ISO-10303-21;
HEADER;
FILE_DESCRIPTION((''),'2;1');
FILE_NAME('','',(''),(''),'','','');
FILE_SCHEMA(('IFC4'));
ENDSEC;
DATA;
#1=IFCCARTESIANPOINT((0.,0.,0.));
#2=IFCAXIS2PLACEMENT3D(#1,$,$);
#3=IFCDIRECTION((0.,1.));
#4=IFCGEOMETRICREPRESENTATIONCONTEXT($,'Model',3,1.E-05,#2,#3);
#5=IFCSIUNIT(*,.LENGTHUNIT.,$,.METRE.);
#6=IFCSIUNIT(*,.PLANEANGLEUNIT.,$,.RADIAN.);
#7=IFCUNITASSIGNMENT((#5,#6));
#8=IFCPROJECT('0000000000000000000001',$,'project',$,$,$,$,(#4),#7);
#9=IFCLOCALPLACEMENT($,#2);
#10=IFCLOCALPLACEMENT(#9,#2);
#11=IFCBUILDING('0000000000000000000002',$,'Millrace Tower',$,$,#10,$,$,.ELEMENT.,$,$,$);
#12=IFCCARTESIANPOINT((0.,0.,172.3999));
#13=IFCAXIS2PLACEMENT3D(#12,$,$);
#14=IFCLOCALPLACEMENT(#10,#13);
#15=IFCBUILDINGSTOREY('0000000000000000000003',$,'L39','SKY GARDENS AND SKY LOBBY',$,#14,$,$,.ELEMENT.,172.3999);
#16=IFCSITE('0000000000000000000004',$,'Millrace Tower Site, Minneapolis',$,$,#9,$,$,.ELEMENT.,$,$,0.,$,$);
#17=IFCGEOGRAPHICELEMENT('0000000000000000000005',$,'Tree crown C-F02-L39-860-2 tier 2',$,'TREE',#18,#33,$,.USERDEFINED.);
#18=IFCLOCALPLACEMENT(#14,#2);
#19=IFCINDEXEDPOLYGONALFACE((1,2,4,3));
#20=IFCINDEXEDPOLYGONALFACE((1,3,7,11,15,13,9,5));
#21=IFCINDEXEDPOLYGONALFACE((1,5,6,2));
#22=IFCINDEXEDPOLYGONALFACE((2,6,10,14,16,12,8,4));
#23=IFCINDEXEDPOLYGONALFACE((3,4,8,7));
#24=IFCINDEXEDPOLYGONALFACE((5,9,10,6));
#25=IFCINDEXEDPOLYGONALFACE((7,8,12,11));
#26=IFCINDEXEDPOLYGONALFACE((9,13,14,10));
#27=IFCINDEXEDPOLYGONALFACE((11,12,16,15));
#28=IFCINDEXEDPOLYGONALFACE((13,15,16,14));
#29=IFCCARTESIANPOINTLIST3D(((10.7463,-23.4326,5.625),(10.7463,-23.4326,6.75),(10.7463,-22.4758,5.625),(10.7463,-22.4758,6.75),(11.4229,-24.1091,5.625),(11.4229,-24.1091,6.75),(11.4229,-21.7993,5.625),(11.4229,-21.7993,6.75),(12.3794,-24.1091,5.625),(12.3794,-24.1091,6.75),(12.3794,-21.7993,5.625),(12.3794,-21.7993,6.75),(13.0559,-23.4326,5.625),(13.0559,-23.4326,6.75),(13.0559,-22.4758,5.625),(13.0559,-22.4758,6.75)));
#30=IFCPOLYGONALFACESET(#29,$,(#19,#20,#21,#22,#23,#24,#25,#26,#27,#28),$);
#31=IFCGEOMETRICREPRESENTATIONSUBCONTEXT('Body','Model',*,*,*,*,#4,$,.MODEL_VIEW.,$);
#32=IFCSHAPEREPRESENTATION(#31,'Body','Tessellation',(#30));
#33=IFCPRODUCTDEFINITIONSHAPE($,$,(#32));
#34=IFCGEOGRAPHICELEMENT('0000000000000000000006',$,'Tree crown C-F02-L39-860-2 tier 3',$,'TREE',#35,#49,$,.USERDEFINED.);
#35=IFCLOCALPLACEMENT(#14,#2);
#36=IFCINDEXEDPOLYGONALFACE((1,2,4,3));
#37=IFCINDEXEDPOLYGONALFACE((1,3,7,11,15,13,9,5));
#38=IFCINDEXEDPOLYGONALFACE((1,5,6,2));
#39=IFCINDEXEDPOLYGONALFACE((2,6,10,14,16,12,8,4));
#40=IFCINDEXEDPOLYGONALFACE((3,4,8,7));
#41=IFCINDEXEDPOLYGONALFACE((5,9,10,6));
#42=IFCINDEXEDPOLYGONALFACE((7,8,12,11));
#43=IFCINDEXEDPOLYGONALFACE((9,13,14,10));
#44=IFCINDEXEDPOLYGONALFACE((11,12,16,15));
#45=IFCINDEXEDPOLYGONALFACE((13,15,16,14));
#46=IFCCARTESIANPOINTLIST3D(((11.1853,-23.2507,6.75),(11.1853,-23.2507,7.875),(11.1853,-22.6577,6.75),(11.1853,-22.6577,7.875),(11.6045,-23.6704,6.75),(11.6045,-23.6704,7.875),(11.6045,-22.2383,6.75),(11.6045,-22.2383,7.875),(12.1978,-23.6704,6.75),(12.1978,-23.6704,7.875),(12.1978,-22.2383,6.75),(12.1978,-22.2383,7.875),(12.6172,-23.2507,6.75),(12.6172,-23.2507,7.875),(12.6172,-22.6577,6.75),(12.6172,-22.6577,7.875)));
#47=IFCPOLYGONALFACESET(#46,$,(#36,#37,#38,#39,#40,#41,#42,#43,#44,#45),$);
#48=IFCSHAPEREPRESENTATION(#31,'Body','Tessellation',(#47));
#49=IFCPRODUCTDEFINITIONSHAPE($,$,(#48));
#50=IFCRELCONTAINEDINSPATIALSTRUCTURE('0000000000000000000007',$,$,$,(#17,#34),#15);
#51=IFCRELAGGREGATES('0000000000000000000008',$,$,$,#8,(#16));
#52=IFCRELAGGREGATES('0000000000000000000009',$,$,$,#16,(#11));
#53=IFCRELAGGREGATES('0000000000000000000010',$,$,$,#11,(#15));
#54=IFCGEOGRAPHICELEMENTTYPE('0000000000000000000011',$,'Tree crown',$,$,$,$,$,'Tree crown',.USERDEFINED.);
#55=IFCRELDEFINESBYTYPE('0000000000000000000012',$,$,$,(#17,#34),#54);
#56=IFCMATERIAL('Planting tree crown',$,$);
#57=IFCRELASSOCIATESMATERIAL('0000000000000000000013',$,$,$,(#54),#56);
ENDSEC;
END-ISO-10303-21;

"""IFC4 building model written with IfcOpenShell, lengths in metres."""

from ifc_helpers import new_model, si_unit, direction, frame, origin, place, context, subcontext, project, spatial, polyline, outline, extrude, material, type_object, element, save


model = new_model("IFC4")

# Units and contexts
model_context = context("Model", 3, precision=1e-05, world=origin(), true_north=direction((0.0, 1.0)))
body_context = subcontext(model_context, "Body", "Model", "MODEL_VIEW")
ifc_project = project(units=[si_unit("LENGTHUNIT", "METRE"), si_unit("PLANEANGLEUNIT", "RADIAN")], contexts=[model_context])

# Site, building, storey
site_placement = place(None, origin())
site = spatial("IfcSite", under=ifc_project, at=site_placement, Name="Millrace Tower Site, Minneapolis", CompositionType="ELEMENT", RefElevation=0.0)
building_placement = place(site_placement, origin())
building = spatial("IfcBuilding", under=site, at=building_placement, Name="Millrace Tower", CompositionType="ELEMENT")
storey_placement = place(building_placement, frame((0.0, 0.0, 172.3999)))
storey = spatial("IfcBuildingStorey", under=building, at=storey_placement, Name="L39", Description="SKY GARDENS AND SKY LOBBY", CompositionType="ELEMENT", Elevation=172.3999)

# Geographic elements
ifc_material_1 = material(Name="Planting tree crown")
geographic_element_type = type_object("IfcGeographicElementType", Name="Tree crown", ElementType="Tree crown", PredefinedType="USERDEFINED", material=ifc_material_1)
placement_1 = place(storey_placement, frame((0.0, 0.0, 5.625)))
placement_2 = place(storey_placement, frame((0.0, 0.0, 6.75)))
element("IfcGeographicElement", 1, at=placement_1, inside=storey, type_object=geographic_element_type, Name="Tree crown C-F02-L39-860-2 tier 2", ObjectType="TREE", PredefinedType="USERDEFINED", context=body_context, shape_type="SweptSolid", body=[
    extrude(outline(polyline([(13.0559, -22.4758), (12.3794, -21.7993), (11.4229, -21.7993), (10.7463, -22.4758), (10.7463, -23.4326), (11.4229, -24.1091), (12.3794, -24.1091), (13.0559, -23.4326), (13.0559, -22.4758)])), origin(), (0.0, 0.0, 1.0), 1.125),
])
element("IfcGeographicElement", 2, at=placement_2, inside=storey, type_object=geographic_element_type, Name="Tree crown C-F02-L39-860-2 tier 3", ObjectType="TREE", PredefinedType="USERDEFINED", context=body_context, shape_type="SweptSolid", body=[
    extrude(outline(polyline([(12.6172, -22.6577), (12.1978, -22.2383), (11.6045, -22.2383), (11.1853, -22.6577), (11.1853, -23.2507), (11.6045, -23.6704), (12.1978, -23.6704), (12.6172, -23.2507), (12.6172, -22.6577)])), origin(), (0.0, 0.0, 1.0), 1.125),
])

save(model, "model.ifc")
